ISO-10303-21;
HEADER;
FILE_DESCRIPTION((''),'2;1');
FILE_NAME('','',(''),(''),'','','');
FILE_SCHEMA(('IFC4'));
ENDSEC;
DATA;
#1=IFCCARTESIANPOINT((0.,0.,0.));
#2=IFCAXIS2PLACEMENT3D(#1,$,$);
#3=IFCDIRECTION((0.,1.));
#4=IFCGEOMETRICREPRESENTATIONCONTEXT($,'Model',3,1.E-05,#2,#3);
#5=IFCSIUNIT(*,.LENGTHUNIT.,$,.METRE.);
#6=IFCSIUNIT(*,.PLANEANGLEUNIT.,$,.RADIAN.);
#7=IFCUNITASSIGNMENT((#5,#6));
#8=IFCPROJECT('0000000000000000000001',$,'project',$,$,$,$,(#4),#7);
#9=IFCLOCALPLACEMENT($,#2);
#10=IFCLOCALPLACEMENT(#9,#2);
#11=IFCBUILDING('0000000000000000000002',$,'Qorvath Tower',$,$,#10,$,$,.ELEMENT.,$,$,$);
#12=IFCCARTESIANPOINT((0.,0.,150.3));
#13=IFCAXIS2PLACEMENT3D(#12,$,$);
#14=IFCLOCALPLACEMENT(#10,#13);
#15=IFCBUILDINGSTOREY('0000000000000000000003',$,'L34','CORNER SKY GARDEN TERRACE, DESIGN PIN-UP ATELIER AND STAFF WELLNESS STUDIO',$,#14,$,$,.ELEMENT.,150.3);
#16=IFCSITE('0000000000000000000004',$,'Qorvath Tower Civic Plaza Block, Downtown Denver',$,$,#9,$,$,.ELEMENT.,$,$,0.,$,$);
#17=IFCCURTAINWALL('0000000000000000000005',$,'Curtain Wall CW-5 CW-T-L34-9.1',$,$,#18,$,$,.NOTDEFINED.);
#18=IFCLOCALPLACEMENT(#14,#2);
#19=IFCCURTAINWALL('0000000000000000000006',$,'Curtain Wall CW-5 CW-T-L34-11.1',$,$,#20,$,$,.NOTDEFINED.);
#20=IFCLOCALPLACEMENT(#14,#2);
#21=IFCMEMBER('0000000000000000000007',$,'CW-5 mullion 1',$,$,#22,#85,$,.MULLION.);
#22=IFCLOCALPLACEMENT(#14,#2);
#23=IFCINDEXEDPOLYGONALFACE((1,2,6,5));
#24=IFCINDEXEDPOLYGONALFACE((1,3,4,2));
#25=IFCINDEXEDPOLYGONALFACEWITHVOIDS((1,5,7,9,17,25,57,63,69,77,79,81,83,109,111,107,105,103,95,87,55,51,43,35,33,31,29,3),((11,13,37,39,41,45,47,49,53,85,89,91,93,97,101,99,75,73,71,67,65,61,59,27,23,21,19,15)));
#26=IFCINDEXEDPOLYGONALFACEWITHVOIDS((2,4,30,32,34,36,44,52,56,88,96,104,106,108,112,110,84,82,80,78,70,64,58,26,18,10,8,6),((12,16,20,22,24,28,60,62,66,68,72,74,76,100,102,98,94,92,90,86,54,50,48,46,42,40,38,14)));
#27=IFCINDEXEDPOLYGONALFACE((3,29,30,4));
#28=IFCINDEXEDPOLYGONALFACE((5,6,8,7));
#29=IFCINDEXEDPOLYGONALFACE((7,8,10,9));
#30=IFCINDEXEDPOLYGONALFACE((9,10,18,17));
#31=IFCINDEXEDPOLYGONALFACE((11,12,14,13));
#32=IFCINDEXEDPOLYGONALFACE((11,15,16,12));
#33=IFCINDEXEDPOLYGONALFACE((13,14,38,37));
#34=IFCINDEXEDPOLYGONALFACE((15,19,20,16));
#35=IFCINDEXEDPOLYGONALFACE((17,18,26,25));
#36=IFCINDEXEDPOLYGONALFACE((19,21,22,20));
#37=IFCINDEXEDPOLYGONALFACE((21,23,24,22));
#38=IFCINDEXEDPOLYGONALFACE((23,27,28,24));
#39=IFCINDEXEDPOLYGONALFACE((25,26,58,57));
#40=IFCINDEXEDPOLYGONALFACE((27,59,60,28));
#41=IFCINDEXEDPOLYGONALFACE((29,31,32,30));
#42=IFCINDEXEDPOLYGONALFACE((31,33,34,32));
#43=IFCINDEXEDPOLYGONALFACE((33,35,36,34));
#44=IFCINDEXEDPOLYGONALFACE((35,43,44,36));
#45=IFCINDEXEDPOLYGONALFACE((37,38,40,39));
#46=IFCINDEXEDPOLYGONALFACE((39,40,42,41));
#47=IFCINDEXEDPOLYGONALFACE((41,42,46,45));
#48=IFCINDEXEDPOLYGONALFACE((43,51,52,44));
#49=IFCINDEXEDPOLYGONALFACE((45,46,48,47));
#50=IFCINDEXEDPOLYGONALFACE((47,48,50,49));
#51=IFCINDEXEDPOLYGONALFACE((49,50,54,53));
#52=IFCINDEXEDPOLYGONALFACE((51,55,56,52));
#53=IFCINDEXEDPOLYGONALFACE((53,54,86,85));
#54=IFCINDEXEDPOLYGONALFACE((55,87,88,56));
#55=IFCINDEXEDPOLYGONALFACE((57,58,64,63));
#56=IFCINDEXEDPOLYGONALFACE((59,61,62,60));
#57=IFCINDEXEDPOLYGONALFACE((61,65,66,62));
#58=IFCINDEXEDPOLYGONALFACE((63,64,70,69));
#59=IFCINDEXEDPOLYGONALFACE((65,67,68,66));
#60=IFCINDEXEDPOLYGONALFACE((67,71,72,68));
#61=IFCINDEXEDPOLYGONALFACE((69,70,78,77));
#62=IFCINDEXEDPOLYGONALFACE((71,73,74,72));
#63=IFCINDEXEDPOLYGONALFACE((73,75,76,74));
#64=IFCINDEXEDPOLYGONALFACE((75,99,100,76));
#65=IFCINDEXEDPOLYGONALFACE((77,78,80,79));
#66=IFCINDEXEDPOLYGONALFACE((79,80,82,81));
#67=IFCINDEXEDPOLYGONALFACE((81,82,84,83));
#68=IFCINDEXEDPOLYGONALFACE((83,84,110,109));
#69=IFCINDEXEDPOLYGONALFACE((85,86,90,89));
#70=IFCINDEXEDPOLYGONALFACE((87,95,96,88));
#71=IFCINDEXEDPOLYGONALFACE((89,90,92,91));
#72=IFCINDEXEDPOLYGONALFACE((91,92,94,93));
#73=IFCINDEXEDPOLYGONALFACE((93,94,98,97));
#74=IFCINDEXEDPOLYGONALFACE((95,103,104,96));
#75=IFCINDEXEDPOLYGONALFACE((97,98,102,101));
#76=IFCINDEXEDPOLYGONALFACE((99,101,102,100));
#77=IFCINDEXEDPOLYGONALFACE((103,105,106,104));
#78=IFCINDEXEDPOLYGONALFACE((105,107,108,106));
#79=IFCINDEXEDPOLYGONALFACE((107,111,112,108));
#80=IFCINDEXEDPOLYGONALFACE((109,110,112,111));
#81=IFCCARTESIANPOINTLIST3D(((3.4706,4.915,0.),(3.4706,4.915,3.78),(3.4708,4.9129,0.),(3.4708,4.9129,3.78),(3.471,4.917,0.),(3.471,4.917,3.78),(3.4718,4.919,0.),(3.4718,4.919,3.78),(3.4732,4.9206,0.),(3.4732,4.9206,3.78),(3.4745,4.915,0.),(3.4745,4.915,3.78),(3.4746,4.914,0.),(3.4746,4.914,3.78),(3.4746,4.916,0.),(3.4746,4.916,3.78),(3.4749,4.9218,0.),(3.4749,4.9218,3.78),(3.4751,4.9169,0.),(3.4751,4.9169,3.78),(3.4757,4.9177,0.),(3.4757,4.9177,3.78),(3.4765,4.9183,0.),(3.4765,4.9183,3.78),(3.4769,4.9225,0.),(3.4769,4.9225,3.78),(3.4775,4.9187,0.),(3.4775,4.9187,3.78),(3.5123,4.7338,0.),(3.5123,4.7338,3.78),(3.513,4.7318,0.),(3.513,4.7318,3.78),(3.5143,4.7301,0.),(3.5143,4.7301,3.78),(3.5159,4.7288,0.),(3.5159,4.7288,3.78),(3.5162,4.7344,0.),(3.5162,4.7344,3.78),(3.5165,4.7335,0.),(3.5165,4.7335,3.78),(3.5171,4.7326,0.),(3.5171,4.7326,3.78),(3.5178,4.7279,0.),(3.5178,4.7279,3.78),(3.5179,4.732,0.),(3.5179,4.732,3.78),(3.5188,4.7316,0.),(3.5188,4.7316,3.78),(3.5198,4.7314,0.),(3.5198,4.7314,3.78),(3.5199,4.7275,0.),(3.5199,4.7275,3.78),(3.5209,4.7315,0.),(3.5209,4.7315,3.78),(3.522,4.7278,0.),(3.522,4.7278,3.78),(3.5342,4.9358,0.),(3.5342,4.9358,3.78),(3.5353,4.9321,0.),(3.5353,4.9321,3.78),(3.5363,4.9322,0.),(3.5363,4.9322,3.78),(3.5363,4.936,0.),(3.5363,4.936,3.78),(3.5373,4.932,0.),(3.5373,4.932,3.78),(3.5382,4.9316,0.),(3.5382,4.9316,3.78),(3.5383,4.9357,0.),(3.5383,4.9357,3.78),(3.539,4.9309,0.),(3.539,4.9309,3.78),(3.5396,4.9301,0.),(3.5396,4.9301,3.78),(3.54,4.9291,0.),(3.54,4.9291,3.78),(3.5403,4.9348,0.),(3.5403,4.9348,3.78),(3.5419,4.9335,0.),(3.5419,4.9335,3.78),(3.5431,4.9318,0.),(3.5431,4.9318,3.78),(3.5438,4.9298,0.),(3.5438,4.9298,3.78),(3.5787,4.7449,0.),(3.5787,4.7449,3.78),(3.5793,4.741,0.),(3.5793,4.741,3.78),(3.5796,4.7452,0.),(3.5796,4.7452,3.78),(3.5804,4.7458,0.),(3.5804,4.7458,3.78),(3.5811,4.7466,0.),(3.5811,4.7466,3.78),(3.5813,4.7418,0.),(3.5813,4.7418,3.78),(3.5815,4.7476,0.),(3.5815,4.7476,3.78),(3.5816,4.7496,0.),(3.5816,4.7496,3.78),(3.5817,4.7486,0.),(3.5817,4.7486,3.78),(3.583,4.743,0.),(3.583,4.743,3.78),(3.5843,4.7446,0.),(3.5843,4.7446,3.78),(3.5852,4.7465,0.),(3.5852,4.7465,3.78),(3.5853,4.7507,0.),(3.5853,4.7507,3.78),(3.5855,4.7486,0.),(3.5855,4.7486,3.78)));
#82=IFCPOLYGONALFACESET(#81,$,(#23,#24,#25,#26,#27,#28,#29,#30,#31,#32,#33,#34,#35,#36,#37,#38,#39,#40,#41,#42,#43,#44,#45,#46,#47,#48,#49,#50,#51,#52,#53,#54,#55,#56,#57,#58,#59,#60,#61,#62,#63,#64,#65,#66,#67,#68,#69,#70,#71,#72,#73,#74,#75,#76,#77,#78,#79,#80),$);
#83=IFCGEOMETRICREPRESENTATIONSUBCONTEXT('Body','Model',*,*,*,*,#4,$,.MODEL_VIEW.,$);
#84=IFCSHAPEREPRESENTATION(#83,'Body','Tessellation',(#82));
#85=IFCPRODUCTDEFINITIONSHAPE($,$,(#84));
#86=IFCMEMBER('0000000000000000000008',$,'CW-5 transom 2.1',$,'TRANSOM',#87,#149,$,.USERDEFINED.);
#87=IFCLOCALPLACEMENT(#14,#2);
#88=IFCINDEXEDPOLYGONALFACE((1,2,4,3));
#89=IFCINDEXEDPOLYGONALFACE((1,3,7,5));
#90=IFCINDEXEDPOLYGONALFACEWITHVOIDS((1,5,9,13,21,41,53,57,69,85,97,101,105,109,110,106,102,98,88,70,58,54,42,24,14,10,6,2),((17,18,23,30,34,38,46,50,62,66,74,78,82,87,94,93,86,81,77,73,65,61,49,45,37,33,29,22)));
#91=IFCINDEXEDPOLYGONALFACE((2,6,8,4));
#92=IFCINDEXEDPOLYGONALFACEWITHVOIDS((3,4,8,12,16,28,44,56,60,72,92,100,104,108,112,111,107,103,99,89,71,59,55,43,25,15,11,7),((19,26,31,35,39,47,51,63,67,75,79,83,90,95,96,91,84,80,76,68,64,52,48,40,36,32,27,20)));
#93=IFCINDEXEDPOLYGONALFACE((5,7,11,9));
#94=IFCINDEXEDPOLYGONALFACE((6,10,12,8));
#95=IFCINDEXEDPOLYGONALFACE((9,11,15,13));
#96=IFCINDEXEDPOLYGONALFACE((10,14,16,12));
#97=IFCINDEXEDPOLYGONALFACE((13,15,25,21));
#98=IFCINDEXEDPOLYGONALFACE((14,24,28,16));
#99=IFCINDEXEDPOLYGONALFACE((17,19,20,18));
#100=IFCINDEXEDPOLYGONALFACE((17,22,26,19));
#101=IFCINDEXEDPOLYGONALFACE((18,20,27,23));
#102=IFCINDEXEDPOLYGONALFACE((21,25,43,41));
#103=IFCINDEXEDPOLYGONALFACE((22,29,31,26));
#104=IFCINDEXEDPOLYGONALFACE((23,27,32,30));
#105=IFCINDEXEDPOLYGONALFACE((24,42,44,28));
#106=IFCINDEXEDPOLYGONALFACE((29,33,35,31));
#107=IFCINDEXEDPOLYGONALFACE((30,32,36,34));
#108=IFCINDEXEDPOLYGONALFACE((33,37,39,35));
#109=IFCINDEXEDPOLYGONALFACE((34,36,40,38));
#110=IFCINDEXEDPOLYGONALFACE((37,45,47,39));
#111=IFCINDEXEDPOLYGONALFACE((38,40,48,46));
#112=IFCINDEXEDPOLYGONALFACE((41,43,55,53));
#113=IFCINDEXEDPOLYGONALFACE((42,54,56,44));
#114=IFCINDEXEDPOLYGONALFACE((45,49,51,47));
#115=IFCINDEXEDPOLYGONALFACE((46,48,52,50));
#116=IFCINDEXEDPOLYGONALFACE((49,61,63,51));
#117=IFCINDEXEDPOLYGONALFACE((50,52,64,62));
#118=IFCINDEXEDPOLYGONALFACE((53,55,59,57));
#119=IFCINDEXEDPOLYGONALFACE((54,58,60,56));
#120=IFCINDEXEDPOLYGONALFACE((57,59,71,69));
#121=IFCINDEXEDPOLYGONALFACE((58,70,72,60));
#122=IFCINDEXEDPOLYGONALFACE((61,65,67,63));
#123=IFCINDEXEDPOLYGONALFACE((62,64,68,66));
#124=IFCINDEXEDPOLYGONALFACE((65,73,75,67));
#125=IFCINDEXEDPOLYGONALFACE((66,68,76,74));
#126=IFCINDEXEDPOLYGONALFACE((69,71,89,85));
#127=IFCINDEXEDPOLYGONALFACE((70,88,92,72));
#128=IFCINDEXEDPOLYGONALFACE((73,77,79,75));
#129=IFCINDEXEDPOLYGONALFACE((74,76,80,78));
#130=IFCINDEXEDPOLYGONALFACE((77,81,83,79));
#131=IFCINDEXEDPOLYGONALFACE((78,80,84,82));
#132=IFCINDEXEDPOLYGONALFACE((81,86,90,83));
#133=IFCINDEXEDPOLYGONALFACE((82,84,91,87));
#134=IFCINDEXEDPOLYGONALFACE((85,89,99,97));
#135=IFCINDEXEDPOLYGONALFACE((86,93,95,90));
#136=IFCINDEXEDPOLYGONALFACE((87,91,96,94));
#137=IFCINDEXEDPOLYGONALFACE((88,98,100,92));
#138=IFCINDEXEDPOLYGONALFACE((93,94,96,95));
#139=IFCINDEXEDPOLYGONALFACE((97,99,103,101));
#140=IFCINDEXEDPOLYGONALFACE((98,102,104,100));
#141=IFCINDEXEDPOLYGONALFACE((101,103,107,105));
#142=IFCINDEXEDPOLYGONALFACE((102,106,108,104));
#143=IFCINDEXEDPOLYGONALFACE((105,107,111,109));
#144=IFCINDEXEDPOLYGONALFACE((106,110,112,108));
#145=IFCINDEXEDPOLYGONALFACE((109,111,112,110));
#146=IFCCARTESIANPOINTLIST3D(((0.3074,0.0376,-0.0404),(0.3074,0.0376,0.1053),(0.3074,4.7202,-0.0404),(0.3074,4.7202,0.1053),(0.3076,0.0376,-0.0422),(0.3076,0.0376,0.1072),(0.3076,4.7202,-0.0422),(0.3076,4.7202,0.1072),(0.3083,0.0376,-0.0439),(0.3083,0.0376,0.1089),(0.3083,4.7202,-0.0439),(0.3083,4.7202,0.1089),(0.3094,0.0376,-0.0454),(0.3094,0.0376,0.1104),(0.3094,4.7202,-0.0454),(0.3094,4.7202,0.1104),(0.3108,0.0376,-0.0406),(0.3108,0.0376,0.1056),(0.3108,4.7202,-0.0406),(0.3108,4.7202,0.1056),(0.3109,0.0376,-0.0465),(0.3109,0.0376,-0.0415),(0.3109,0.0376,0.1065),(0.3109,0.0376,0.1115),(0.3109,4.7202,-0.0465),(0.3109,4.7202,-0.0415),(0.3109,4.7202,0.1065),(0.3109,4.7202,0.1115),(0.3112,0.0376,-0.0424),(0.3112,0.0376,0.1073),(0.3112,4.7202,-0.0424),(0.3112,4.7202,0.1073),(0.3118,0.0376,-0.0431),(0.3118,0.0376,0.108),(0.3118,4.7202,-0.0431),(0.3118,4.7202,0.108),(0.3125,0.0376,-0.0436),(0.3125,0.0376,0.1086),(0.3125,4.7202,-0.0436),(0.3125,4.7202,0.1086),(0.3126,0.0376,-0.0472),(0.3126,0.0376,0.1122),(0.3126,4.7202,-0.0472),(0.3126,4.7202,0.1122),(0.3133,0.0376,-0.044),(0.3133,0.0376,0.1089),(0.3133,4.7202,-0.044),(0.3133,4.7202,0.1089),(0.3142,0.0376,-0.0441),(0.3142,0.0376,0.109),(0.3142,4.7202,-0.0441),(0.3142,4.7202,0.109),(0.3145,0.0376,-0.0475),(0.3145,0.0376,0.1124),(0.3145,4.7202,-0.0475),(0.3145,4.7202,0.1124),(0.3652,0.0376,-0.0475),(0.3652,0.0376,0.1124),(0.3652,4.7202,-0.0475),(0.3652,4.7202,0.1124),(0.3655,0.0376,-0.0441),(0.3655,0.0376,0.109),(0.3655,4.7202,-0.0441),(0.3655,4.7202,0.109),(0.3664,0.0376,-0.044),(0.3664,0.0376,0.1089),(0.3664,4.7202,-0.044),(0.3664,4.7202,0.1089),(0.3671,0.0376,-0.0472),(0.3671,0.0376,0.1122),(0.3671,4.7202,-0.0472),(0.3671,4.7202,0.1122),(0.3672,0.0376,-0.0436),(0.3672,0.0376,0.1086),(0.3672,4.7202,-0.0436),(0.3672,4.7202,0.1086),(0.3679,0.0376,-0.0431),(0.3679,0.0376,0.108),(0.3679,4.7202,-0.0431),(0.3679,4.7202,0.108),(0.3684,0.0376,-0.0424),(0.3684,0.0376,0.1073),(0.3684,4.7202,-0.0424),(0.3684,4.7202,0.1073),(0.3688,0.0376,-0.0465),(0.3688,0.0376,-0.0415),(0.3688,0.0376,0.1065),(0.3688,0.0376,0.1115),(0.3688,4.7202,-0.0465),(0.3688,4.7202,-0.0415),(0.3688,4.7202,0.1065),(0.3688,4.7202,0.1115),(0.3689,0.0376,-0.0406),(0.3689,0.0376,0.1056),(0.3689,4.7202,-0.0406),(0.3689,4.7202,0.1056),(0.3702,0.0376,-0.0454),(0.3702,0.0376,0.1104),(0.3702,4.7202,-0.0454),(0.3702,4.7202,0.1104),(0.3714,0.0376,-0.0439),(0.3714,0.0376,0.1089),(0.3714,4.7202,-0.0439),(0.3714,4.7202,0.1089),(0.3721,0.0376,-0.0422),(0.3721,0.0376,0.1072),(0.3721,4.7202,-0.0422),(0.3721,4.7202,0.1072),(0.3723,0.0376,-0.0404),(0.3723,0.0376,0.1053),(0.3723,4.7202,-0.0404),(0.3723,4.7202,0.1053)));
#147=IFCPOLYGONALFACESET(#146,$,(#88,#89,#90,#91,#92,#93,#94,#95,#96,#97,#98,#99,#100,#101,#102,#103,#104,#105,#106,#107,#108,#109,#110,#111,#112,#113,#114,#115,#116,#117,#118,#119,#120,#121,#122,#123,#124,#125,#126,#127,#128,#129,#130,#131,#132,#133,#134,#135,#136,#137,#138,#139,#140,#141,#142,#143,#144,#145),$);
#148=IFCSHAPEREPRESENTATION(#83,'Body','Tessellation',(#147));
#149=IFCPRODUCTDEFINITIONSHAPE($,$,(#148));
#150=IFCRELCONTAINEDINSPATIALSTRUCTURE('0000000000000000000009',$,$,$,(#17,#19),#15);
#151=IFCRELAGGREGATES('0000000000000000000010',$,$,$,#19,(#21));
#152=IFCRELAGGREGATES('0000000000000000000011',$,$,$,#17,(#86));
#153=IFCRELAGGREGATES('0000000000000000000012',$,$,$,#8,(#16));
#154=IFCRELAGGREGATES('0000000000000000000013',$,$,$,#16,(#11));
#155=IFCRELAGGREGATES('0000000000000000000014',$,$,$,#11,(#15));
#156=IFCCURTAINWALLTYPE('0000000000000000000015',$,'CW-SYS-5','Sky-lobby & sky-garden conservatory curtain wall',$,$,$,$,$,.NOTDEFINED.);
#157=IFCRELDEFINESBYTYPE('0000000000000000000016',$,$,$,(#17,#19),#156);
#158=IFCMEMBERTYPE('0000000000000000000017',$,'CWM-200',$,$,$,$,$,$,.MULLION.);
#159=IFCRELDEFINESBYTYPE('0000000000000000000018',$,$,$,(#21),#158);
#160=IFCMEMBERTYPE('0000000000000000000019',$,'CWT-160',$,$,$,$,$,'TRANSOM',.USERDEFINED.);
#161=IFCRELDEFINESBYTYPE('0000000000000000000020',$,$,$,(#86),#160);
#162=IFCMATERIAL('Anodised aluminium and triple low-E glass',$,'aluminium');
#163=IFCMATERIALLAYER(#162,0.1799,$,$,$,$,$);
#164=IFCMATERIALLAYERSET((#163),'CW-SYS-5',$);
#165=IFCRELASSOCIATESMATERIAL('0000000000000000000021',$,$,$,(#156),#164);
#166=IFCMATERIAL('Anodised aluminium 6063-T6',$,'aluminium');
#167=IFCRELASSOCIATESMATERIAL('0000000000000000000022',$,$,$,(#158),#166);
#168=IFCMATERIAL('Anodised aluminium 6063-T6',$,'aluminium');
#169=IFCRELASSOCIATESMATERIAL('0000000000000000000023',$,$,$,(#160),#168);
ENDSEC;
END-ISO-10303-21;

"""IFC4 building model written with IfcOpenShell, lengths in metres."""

from ifc_helpers import new_model, si_unit, direction, frame, origin, origin_2d, place, context, subcontext, project, spatial, hollow_rectangle, extrude, material, layer, layer_set, material_profile, profile_set, type_object, element, aggregate, save


model = new_model("IFC4")

# Units and contexts
model_context = context("Model", 3, precision=1e-05, world=origin(), true_north=direction((0.0, 1.0)))
body_context = subcontext(model_context, "Body", "Model", "MODEL_VIEW")
ifc_project = project(units=[si_unit("LENGTHUNIT", "METRE"), si_unit("PLANEANGLEUNIT", "RADIAN")], contexts=[model_context])

# Site, building, storey
site_placement = place(None, origin())
site = spatial("IfcSite", under=ifc_project, at=site_placement, Name="Qorvath Tower Civic Plaza Block, Downtown Denver", CompositionType="ELEMENT", RefElevation=0.0)
building_placement = place(site_placement, origin())
building = spatial("IfcBuilding", under=site, at=building_placement, Name="Qorvath Tower", CompositionType="ELEMENT")
storey_placement = place(building_placement, frame((0.0, 0.0, 150.3)))
storey = spatial("IfcBuildingStorey", under=building, at=storey_placement, Name="L34", Description="CORNER SKY GARDEN TERRACE, DESIGN PIN-UP ATELIER AND STAFF WELLNESS STUDIO", CompositionType="ELEMENT", Elevation=150.3)

# Curtain wall
ifc_material_1 = material(Name="Anodised aluminium and triple low-E glass", Category="aluminium")
ifc_layer_1 = layer(ifc_material_1, 0.1799)
ifc_layer_set_1 = layer_set([ifc_layer_1], Name="CW-SYS-5")
curtain_wall_type = type_object("IfcCurtainWallType", Name="CW-SYS-5", Description="Sky-lobby & sky-garden conservatory curtain wall", PredefinedType="NOTDEFINED", material=ifc_layer_set_1)
curtain_wall_1_placement = place(storey_placement, origin())
curtain_wall_1 = element("IfcCurtainWall", 1, at=curtain_wall_1_placement, inside=storey, type_object=curtain_wall_type, Name="Curtain Wall CW-5 CW-T-L34-9.1", PredefinedType="NOTDEFINED")
ifc_material_2 = material(Name="Anodised aluminium 6063-T6", Category="aluminium")
ifc_material_profile_1 = material_profile(ifc_material_2, hollow_rectangle(XDim=0.075, YDim=0.2, WallThickness=0.0039, InnerFilletRadius=0.0039, OuterFilletRadius=0.0081, at=origin_2d()), Name="CWM 200x75")
ifc_profile_set_1 = profile_set([ifc_material_profile_1], Name="Anodised aluminium 6063-T6")
member_type_1 = type_object("IfcMemberType", Name="CWM-200", PredefinedType="MULLION", material=ifc_profile_set_1)

# Curtain wall, member
curtain_wall_2_placement = place(storey_placement, origin())
curtain_wall_2 = element("IfcCurtainWall", 2, at=curtain_wall_2_placement, inside=storey, type_object=curtain_wall_type, Name="Curtain Wall CW-5 CW-T-L34-11.1", PredefinedType="NOTDEFINED")
member_1_placement = place(storey_placement, frame((3.5281, 4.8318, 0.0), z_axis=(0.0, 0.0, 1.0), x_axis=(-0.974213, -0.225631, 0.0)))
member_1 = element("IfcMember", 3, at=member_1_placement, type_object=member_type_1, Name="CW-5 mullion 1", PredefinedType="MULLION", context=body_context, shape_type="SweptSolid", body=[
    extrude(hollow_rectangle(XDim=0.075, YDim=0.2, WallThickness=0.0039, InnerFilletRadius=0.0039, OuterFilletRadius=0.0081, at=origin_2d()), origin(), (0.0, 0.0, 1.0), 3.78),
])

# Member
ifc_material_3 = material(Name="Anodised aluminium 6063-T6", Category="aluminium")
ifc_material_profile_2 = material_profile(ifc_material_3, hollow_rectangle(XDim=0.0649, YDim=0.1599, WallThickness=0.0034, InnerFilletRadius=0.0034, OuterFilletRadius=0.0071, at=origin_2d()), Name="CWT 160x65")
ifc_profile_set_2 = profile_set([ifc_material_profile_2], Name="Anodised aluminium 6063-T6")
member_type_2 = type_object("IfcMemberType", Name="CWT-160", ElementType="TRANSOM", PredefinedType="USERDEFINED", material=ifc_profile_set_2)
member_2_placement = place(storey_placement, frame((0.3398, 0.0376, 0.0325), z_axis=(0.0, 1.0, 0.0), x_axis=(-1.0, 0.0, 0.0)))
member_2 = element("IfcMember", 4, at=member_2_placement, type_object=member_type_2, Name="CW-5 transom 2.1", ObjectType="TRANSOM", PredefinedType="USERDEFINED", context=body_context, shape_type="SweptSolid", body=[
    extrude(hollow_rectangle(XDim=0.0649, YDim=0.1599, WallThickness=0.0034, InnerFilletRadius=0.0034, OuterFilletRadius=0.0071, at=origin_2d()), origin(), (0.0, 0.0, 1.0), 4.6826),
])
aggregate(curtain_wall_2, [member_1])

aggregate(curtain_wall_1, [member_2])

save(model, "model.ifc")
